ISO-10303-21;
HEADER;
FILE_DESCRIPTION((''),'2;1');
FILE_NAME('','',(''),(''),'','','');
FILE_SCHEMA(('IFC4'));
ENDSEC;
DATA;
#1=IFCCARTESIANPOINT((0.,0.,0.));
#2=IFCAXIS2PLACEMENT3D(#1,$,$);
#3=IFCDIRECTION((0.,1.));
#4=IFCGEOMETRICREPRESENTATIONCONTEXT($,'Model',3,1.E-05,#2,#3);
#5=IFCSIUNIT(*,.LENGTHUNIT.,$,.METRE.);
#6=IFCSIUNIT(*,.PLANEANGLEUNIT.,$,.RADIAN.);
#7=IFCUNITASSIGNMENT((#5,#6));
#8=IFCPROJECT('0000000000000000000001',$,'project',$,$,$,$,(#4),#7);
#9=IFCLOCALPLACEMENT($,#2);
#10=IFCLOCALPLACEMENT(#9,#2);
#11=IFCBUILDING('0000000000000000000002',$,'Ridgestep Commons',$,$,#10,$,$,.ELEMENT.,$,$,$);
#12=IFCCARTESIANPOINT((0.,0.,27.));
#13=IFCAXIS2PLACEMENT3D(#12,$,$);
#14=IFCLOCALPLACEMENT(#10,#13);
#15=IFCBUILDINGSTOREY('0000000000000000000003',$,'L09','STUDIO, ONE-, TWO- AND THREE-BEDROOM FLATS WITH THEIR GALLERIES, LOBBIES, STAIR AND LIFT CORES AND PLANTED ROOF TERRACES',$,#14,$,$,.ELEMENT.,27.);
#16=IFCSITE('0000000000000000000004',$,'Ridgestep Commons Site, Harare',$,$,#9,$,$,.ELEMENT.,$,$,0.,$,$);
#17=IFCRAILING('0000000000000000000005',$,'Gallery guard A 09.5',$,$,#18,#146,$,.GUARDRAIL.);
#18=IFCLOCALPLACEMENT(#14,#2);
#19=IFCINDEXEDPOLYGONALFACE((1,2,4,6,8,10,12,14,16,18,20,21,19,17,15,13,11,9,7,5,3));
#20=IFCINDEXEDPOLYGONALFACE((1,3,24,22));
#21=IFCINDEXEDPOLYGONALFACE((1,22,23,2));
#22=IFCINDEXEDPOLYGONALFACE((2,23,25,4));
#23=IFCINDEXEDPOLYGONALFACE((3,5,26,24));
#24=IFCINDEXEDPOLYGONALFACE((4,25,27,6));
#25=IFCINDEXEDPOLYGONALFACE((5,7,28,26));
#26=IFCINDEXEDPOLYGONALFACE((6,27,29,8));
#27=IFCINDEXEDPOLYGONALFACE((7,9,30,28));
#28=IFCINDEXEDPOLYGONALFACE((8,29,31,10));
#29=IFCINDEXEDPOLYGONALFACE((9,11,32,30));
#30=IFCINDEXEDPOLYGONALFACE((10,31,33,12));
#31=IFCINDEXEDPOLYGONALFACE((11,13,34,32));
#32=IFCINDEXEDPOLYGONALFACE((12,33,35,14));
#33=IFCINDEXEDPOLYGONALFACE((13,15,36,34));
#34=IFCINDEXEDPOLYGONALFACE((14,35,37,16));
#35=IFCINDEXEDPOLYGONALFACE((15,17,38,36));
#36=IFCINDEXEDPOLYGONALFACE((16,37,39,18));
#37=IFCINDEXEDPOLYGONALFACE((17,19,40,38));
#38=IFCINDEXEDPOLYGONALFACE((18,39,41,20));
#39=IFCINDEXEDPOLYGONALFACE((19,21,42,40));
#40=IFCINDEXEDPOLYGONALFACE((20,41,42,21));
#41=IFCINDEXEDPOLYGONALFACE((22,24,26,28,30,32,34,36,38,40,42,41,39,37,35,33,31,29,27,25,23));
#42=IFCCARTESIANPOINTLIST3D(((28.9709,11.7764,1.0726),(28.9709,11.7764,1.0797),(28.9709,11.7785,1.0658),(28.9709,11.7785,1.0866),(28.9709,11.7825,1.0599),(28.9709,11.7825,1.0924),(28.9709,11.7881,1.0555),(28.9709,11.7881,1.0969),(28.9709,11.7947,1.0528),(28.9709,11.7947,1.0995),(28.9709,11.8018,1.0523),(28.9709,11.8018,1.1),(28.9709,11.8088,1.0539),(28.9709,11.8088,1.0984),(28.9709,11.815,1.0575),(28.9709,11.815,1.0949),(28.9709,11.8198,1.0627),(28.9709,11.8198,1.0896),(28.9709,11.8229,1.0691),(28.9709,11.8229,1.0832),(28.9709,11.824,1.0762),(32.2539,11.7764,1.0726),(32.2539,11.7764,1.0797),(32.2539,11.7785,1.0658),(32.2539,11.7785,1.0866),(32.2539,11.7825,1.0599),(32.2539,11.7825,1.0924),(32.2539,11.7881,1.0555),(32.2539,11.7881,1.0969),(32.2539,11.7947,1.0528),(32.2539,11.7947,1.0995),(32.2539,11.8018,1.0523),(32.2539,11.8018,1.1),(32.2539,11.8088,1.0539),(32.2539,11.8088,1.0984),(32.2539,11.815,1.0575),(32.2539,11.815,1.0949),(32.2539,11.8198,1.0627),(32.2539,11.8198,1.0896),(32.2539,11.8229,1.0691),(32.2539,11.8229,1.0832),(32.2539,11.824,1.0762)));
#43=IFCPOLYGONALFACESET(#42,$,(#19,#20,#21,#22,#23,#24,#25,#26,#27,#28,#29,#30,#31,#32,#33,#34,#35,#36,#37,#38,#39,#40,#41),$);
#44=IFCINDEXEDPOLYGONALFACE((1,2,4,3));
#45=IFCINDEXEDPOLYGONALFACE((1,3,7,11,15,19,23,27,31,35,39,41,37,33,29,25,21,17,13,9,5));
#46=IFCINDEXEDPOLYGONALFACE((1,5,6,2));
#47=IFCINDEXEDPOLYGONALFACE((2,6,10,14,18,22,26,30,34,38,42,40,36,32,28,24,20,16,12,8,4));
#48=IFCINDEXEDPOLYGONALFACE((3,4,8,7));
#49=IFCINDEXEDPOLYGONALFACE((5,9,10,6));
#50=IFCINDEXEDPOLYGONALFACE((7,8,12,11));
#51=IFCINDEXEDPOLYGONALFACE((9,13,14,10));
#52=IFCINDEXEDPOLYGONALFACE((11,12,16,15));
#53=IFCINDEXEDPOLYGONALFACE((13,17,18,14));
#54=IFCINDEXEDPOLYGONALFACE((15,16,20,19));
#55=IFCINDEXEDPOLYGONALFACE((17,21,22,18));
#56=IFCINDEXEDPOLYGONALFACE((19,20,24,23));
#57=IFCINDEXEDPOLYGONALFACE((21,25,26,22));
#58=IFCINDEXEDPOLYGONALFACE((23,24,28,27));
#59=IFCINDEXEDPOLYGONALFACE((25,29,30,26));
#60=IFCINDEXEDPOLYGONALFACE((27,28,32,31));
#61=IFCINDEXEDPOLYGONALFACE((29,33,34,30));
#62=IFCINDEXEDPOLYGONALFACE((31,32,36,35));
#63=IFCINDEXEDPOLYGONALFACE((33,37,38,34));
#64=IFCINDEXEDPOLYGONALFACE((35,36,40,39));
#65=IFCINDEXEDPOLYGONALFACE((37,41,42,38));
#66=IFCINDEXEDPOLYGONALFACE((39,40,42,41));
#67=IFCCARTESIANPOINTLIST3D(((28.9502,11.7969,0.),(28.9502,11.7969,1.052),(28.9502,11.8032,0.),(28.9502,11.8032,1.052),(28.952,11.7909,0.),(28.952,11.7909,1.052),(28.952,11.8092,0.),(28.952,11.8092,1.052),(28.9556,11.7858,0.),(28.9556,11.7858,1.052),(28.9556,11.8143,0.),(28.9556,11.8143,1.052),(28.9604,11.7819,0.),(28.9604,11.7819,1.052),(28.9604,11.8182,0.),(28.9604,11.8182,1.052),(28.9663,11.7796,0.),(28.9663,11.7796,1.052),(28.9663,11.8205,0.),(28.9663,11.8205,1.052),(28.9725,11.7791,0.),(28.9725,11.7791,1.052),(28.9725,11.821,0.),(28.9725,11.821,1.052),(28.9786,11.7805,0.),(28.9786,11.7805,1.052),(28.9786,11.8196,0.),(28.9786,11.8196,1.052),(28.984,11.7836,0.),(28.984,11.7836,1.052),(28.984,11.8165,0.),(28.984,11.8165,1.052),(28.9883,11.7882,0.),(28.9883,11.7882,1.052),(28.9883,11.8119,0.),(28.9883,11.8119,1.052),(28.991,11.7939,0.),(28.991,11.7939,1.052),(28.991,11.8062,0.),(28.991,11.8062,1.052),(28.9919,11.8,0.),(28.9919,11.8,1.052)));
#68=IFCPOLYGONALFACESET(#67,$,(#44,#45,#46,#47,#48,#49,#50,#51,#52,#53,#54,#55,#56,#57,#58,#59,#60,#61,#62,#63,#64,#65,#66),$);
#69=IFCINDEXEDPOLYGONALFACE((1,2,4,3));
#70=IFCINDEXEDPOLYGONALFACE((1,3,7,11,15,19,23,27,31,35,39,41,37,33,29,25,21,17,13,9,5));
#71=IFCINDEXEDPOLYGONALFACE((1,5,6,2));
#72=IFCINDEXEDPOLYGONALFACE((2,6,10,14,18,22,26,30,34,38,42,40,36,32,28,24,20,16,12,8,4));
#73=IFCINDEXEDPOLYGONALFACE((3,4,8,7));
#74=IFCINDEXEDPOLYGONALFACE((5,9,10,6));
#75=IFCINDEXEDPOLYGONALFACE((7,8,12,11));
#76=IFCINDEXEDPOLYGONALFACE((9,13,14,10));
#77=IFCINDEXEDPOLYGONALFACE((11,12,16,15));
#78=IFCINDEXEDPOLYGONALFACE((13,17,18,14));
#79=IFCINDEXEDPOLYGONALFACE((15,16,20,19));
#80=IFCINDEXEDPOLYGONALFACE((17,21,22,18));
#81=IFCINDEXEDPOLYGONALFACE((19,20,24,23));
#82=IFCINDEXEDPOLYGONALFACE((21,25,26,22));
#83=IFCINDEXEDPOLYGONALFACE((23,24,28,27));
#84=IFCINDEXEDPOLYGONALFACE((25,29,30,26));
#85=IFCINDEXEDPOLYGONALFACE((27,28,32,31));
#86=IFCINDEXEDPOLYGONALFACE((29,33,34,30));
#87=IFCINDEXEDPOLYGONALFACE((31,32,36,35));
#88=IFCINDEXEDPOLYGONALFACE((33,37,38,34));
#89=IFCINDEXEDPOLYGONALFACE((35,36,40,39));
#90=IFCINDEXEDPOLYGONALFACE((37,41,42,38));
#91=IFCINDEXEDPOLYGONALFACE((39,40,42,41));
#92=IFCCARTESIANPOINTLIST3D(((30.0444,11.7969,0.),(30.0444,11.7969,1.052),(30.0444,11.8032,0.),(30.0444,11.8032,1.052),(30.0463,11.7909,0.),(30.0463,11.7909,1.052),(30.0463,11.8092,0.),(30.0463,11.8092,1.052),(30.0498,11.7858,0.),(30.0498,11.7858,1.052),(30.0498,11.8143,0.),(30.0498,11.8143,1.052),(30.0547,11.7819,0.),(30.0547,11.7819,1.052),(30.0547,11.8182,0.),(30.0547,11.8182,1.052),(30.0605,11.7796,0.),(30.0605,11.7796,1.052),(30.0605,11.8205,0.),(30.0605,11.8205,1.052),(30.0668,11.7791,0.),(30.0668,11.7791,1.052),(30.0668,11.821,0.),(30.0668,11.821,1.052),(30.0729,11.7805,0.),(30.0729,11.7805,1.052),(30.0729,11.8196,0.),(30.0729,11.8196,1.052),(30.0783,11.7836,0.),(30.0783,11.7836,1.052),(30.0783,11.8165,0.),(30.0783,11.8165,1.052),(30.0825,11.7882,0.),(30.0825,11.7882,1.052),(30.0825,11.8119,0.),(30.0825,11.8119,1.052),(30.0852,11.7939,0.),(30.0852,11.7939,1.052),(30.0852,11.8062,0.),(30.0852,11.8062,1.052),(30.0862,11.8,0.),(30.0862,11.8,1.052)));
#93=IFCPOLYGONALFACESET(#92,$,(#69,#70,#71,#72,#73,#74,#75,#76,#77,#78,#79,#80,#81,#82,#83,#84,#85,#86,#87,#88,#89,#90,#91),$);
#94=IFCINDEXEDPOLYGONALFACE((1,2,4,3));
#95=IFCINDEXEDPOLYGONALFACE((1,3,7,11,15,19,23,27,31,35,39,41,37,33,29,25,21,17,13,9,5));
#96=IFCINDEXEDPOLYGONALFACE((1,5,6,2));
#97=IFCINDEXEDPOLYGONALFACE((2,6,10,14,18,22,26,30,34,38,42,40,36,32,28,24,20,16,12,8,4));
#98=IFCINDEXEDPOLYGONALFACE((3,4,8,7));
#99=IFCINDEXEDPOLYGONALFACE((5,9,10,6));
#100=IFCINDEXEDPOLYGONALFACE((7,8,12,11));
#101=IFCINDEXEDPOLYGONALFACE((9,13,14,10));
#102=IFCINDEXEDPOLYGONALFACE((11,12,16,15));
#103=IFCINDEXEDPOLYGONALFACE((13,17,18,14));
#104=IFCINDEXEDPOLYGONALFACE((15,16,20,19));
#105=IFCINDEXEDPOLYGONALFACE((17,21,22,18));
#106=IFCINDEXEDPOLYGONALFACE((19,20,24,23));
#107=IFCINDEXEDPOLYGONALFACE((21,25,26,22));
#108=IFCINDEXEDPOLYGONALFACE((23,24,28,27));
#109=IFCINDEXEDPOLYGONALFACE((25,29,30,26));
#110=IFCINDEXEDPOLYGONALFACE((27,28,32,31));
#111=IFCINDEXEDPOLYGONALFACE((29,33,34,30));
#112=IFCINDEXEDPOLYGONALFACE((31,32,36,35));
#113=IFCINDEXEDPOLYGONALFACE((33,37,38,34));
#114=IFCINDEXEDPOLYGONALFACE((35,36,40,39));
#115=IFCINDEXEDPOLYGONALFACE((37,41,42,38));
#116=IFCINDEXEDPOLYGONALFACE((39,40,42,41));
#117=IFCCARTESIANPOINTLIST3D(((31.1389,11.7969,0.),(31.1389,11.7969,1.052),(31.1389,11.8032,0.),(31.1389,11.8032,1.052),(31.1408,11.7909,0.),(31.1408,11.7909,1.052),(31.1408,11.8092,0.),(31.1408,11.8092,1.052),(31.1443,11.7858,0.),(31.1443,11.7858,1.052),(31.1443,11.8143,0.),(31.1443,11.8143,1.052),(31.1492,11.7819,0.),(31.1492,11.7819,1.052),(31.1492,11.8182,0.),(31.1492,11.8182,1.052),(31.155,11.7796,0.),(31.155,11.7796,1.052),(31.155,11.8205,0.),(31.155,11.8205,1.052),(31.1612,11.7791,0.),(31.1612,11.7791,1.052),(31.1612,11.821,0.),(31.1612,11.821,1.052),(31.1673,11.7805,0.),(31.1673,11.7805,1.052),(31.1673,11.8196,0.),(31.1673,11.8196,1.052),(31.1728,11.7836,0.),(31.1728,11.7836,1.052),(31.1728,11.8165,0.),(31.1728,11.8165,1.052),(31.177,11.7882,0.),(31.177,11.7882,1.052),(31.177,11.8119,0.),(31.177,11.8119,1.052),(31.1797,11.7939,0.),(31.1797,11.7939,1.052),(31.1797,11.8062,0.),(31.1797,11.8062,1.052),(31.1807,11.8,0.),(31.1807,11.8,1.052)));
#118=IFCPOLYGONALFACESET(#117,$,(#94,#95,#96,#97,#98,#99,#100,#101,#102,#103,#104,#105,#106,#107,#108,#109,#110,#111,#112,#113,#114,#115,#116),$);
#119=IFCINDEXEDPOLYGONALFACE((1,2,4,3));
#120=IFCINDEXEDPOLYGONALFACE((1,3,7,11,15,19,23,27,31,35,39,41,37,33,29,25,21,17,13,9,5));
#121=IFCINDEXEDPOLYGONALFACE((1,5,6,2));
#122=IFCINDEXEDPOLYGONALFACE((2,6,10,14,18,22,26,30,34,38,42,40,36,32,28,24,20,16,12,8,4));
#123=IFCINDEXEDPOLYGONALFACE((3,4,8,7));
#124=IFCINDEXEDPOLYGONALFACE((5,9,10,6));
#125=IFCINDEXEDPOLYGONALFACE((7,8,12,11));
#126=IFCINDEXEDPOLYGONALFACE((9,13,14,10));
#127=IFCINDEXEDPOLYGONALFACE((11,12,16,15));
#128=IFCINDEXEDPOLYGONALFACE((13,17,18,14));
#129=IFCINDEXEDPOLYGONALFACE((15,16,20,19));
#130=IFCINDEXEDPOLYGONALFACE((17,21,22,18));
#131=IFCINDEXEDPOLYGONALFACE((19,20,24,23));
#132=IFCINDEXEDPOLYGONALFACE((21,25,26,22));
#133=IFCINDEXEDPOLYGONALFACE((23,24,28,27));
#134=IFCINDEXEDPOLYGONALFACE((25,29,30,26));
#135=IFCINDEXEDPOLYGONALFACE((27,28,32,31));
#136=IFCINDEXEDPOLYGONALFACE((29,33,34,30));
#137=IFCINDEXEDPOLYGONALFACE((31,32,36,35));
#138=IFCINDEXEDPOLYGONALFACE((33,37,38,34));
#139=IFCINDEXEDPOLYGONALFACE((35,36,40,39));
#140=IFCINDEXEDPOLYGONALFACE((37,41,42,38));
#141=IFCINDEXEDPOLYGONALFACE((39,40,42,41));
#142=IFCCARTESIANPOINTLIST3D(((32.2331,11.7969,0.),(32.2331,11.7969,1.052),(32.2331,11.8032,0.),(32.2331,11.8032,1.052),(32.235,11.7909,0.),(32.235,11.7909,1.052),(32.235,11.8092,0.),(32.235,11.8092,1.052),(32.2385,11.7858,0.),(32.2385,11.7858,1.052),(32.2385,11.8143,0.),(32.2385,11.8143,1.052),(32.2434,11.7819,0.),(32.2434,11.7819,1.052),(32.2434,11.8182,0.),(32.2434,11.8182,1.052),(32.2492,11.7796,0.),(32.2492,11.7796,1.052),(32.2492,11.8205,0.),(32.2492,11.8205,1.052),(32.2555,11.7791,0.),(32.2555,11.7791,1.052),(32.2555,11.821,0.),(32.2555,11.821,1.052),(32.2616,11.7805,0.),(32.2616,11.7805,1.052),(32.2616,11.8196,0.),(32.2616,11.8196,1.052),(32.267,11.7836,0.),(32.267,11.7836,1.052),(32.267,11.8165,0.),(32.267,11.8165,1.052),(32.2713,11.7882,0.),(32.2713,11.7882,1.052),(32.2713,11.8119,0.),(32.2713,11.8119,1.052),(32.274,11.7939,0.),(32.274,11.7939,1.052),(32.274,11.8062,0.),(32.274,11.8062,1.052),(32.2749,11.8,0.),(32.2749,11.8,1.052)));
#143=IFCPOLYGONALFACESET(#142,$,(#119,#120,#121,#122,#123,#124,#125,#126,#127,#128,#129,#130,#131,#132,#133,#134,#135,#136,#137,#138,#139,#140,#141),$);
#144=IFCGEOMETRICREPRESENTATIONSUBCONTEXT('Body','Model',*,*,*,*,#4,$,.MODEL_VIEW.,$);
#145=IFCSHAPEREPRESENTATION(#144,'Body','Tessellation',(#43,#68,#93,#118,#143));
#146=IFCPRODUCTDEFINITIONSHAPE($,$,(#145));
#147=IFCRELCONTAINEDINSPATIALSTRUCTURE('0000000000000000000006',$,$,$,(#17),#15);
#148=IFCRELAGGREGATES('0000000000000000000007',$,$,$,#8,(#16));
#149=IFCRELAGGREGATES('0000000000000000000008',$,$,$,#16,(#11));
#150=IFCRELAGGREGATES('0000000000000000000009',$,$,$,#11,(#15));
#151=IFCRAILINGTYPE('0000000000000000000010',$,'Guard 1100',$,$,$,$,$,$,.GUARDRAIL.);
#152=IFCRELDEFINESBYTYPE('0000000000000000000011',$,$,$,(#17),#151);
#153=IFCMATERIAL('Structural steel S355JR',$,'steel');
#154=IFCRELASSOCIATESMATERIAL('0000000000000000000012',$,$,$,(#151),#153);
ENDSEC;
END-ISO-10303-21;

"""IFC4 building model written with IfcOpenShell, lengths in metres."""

from ifc_helpers import new_model, si_unit, direction, frame, origin, origin_2d, place, context, subcontext, project, spatial, circle, extrude, material, type_object, element, save


model = new_model("IFC4")

# Units and contexts
model_context = context("Model", 3, precision=1e-05, world=origin(), true_north=direction((0.0, 1.0)))
body_context = subcontext(model_context, "Body", "Model", "MODEL_VIEW")
ifc_project = project(units=[si_unit("LENGTHUNIT", "METRE"), si_unit("PLANEANGLEUNIT", "RADIAN")], contexts=[model_context])

# Site, building, storey
site_placement = place(None, origin())
site = spatial("IfcSite", under=ifc_project, at=site_placement, Name="Ridgestep Commons Site, Harare", CompositionType="ELEMENT", RefElevation=0.0)
building_placement = place(site_placement, origin())
building = spatial("IfcBuilding", under=site, at=building_placement, Name="Ridgestep Commons", CompositionType="ELEMENT")
storey_placement = place(building_placement, frame((0.0, 0.0, 27.0)))
storey = spatial("IfcBuildingStorey", under=building, at=storey_placement, Name="L09", Description="STUDIO, ONE-, TWO- AND THREE-BEDROOM FLATS WITH THEIR GALLERIES, LOBBIES, STAIR AND LIFT CORES AND PLANTED ROOF TERRACES", CompositionType="ELEMENT", Elevation=27.0)

# Railing
ifc_material_1 = material(Name="Structural steel S355JR", Category="steel")
railing_type = type_object("IfcRailingType", Name="Guard 1100", PredefinedType="GUARDRAIL", material=ifc_material_1)
railing_placement = place(storey_placement, frame((28.9709, 11.8, 0.0)))
element("IfcRailing", 1, at=railing_placement, inside=storey, type_object=railing_type, Name="Gallery guard A 09.5", PredefinedType="GUARDRAIL", context=body_context, shape_type="SweptSolid", body=[
    extrude(circle(Radius=0.0239, at=origin_2d()), frame((0.0, 0.0, 1.0762), z_axis=(1.0, 0.0, 0.0), x_axis=(0.0, 1.0, 0.0)), (0.0, 0.0, 1.0), 3.283),
    extrude(circle(Radius=0.021, at=origin_2d()), origin(), (0.0, 0.0, 1.0), 1.052),
    extrude(circle(Radius=0.021, at=origin_2d()), frame((1.0942, 0.0, 0.0)), (0.0, 0.0, 1.0), 1.052),
    extrude(circle(Radius=0.021, at=origin_2d()), frame((2.1887, 0.0, 0.0)), (0.0, 0.0, 1.0), 1.052),
    extrude(circle(Radius=0.021, at=origin_2d()), frame((3.283, 0.0, 0.0)), (0.0, 0.0, 1.0), 1.052),
])

save(model, "model.ifc")
